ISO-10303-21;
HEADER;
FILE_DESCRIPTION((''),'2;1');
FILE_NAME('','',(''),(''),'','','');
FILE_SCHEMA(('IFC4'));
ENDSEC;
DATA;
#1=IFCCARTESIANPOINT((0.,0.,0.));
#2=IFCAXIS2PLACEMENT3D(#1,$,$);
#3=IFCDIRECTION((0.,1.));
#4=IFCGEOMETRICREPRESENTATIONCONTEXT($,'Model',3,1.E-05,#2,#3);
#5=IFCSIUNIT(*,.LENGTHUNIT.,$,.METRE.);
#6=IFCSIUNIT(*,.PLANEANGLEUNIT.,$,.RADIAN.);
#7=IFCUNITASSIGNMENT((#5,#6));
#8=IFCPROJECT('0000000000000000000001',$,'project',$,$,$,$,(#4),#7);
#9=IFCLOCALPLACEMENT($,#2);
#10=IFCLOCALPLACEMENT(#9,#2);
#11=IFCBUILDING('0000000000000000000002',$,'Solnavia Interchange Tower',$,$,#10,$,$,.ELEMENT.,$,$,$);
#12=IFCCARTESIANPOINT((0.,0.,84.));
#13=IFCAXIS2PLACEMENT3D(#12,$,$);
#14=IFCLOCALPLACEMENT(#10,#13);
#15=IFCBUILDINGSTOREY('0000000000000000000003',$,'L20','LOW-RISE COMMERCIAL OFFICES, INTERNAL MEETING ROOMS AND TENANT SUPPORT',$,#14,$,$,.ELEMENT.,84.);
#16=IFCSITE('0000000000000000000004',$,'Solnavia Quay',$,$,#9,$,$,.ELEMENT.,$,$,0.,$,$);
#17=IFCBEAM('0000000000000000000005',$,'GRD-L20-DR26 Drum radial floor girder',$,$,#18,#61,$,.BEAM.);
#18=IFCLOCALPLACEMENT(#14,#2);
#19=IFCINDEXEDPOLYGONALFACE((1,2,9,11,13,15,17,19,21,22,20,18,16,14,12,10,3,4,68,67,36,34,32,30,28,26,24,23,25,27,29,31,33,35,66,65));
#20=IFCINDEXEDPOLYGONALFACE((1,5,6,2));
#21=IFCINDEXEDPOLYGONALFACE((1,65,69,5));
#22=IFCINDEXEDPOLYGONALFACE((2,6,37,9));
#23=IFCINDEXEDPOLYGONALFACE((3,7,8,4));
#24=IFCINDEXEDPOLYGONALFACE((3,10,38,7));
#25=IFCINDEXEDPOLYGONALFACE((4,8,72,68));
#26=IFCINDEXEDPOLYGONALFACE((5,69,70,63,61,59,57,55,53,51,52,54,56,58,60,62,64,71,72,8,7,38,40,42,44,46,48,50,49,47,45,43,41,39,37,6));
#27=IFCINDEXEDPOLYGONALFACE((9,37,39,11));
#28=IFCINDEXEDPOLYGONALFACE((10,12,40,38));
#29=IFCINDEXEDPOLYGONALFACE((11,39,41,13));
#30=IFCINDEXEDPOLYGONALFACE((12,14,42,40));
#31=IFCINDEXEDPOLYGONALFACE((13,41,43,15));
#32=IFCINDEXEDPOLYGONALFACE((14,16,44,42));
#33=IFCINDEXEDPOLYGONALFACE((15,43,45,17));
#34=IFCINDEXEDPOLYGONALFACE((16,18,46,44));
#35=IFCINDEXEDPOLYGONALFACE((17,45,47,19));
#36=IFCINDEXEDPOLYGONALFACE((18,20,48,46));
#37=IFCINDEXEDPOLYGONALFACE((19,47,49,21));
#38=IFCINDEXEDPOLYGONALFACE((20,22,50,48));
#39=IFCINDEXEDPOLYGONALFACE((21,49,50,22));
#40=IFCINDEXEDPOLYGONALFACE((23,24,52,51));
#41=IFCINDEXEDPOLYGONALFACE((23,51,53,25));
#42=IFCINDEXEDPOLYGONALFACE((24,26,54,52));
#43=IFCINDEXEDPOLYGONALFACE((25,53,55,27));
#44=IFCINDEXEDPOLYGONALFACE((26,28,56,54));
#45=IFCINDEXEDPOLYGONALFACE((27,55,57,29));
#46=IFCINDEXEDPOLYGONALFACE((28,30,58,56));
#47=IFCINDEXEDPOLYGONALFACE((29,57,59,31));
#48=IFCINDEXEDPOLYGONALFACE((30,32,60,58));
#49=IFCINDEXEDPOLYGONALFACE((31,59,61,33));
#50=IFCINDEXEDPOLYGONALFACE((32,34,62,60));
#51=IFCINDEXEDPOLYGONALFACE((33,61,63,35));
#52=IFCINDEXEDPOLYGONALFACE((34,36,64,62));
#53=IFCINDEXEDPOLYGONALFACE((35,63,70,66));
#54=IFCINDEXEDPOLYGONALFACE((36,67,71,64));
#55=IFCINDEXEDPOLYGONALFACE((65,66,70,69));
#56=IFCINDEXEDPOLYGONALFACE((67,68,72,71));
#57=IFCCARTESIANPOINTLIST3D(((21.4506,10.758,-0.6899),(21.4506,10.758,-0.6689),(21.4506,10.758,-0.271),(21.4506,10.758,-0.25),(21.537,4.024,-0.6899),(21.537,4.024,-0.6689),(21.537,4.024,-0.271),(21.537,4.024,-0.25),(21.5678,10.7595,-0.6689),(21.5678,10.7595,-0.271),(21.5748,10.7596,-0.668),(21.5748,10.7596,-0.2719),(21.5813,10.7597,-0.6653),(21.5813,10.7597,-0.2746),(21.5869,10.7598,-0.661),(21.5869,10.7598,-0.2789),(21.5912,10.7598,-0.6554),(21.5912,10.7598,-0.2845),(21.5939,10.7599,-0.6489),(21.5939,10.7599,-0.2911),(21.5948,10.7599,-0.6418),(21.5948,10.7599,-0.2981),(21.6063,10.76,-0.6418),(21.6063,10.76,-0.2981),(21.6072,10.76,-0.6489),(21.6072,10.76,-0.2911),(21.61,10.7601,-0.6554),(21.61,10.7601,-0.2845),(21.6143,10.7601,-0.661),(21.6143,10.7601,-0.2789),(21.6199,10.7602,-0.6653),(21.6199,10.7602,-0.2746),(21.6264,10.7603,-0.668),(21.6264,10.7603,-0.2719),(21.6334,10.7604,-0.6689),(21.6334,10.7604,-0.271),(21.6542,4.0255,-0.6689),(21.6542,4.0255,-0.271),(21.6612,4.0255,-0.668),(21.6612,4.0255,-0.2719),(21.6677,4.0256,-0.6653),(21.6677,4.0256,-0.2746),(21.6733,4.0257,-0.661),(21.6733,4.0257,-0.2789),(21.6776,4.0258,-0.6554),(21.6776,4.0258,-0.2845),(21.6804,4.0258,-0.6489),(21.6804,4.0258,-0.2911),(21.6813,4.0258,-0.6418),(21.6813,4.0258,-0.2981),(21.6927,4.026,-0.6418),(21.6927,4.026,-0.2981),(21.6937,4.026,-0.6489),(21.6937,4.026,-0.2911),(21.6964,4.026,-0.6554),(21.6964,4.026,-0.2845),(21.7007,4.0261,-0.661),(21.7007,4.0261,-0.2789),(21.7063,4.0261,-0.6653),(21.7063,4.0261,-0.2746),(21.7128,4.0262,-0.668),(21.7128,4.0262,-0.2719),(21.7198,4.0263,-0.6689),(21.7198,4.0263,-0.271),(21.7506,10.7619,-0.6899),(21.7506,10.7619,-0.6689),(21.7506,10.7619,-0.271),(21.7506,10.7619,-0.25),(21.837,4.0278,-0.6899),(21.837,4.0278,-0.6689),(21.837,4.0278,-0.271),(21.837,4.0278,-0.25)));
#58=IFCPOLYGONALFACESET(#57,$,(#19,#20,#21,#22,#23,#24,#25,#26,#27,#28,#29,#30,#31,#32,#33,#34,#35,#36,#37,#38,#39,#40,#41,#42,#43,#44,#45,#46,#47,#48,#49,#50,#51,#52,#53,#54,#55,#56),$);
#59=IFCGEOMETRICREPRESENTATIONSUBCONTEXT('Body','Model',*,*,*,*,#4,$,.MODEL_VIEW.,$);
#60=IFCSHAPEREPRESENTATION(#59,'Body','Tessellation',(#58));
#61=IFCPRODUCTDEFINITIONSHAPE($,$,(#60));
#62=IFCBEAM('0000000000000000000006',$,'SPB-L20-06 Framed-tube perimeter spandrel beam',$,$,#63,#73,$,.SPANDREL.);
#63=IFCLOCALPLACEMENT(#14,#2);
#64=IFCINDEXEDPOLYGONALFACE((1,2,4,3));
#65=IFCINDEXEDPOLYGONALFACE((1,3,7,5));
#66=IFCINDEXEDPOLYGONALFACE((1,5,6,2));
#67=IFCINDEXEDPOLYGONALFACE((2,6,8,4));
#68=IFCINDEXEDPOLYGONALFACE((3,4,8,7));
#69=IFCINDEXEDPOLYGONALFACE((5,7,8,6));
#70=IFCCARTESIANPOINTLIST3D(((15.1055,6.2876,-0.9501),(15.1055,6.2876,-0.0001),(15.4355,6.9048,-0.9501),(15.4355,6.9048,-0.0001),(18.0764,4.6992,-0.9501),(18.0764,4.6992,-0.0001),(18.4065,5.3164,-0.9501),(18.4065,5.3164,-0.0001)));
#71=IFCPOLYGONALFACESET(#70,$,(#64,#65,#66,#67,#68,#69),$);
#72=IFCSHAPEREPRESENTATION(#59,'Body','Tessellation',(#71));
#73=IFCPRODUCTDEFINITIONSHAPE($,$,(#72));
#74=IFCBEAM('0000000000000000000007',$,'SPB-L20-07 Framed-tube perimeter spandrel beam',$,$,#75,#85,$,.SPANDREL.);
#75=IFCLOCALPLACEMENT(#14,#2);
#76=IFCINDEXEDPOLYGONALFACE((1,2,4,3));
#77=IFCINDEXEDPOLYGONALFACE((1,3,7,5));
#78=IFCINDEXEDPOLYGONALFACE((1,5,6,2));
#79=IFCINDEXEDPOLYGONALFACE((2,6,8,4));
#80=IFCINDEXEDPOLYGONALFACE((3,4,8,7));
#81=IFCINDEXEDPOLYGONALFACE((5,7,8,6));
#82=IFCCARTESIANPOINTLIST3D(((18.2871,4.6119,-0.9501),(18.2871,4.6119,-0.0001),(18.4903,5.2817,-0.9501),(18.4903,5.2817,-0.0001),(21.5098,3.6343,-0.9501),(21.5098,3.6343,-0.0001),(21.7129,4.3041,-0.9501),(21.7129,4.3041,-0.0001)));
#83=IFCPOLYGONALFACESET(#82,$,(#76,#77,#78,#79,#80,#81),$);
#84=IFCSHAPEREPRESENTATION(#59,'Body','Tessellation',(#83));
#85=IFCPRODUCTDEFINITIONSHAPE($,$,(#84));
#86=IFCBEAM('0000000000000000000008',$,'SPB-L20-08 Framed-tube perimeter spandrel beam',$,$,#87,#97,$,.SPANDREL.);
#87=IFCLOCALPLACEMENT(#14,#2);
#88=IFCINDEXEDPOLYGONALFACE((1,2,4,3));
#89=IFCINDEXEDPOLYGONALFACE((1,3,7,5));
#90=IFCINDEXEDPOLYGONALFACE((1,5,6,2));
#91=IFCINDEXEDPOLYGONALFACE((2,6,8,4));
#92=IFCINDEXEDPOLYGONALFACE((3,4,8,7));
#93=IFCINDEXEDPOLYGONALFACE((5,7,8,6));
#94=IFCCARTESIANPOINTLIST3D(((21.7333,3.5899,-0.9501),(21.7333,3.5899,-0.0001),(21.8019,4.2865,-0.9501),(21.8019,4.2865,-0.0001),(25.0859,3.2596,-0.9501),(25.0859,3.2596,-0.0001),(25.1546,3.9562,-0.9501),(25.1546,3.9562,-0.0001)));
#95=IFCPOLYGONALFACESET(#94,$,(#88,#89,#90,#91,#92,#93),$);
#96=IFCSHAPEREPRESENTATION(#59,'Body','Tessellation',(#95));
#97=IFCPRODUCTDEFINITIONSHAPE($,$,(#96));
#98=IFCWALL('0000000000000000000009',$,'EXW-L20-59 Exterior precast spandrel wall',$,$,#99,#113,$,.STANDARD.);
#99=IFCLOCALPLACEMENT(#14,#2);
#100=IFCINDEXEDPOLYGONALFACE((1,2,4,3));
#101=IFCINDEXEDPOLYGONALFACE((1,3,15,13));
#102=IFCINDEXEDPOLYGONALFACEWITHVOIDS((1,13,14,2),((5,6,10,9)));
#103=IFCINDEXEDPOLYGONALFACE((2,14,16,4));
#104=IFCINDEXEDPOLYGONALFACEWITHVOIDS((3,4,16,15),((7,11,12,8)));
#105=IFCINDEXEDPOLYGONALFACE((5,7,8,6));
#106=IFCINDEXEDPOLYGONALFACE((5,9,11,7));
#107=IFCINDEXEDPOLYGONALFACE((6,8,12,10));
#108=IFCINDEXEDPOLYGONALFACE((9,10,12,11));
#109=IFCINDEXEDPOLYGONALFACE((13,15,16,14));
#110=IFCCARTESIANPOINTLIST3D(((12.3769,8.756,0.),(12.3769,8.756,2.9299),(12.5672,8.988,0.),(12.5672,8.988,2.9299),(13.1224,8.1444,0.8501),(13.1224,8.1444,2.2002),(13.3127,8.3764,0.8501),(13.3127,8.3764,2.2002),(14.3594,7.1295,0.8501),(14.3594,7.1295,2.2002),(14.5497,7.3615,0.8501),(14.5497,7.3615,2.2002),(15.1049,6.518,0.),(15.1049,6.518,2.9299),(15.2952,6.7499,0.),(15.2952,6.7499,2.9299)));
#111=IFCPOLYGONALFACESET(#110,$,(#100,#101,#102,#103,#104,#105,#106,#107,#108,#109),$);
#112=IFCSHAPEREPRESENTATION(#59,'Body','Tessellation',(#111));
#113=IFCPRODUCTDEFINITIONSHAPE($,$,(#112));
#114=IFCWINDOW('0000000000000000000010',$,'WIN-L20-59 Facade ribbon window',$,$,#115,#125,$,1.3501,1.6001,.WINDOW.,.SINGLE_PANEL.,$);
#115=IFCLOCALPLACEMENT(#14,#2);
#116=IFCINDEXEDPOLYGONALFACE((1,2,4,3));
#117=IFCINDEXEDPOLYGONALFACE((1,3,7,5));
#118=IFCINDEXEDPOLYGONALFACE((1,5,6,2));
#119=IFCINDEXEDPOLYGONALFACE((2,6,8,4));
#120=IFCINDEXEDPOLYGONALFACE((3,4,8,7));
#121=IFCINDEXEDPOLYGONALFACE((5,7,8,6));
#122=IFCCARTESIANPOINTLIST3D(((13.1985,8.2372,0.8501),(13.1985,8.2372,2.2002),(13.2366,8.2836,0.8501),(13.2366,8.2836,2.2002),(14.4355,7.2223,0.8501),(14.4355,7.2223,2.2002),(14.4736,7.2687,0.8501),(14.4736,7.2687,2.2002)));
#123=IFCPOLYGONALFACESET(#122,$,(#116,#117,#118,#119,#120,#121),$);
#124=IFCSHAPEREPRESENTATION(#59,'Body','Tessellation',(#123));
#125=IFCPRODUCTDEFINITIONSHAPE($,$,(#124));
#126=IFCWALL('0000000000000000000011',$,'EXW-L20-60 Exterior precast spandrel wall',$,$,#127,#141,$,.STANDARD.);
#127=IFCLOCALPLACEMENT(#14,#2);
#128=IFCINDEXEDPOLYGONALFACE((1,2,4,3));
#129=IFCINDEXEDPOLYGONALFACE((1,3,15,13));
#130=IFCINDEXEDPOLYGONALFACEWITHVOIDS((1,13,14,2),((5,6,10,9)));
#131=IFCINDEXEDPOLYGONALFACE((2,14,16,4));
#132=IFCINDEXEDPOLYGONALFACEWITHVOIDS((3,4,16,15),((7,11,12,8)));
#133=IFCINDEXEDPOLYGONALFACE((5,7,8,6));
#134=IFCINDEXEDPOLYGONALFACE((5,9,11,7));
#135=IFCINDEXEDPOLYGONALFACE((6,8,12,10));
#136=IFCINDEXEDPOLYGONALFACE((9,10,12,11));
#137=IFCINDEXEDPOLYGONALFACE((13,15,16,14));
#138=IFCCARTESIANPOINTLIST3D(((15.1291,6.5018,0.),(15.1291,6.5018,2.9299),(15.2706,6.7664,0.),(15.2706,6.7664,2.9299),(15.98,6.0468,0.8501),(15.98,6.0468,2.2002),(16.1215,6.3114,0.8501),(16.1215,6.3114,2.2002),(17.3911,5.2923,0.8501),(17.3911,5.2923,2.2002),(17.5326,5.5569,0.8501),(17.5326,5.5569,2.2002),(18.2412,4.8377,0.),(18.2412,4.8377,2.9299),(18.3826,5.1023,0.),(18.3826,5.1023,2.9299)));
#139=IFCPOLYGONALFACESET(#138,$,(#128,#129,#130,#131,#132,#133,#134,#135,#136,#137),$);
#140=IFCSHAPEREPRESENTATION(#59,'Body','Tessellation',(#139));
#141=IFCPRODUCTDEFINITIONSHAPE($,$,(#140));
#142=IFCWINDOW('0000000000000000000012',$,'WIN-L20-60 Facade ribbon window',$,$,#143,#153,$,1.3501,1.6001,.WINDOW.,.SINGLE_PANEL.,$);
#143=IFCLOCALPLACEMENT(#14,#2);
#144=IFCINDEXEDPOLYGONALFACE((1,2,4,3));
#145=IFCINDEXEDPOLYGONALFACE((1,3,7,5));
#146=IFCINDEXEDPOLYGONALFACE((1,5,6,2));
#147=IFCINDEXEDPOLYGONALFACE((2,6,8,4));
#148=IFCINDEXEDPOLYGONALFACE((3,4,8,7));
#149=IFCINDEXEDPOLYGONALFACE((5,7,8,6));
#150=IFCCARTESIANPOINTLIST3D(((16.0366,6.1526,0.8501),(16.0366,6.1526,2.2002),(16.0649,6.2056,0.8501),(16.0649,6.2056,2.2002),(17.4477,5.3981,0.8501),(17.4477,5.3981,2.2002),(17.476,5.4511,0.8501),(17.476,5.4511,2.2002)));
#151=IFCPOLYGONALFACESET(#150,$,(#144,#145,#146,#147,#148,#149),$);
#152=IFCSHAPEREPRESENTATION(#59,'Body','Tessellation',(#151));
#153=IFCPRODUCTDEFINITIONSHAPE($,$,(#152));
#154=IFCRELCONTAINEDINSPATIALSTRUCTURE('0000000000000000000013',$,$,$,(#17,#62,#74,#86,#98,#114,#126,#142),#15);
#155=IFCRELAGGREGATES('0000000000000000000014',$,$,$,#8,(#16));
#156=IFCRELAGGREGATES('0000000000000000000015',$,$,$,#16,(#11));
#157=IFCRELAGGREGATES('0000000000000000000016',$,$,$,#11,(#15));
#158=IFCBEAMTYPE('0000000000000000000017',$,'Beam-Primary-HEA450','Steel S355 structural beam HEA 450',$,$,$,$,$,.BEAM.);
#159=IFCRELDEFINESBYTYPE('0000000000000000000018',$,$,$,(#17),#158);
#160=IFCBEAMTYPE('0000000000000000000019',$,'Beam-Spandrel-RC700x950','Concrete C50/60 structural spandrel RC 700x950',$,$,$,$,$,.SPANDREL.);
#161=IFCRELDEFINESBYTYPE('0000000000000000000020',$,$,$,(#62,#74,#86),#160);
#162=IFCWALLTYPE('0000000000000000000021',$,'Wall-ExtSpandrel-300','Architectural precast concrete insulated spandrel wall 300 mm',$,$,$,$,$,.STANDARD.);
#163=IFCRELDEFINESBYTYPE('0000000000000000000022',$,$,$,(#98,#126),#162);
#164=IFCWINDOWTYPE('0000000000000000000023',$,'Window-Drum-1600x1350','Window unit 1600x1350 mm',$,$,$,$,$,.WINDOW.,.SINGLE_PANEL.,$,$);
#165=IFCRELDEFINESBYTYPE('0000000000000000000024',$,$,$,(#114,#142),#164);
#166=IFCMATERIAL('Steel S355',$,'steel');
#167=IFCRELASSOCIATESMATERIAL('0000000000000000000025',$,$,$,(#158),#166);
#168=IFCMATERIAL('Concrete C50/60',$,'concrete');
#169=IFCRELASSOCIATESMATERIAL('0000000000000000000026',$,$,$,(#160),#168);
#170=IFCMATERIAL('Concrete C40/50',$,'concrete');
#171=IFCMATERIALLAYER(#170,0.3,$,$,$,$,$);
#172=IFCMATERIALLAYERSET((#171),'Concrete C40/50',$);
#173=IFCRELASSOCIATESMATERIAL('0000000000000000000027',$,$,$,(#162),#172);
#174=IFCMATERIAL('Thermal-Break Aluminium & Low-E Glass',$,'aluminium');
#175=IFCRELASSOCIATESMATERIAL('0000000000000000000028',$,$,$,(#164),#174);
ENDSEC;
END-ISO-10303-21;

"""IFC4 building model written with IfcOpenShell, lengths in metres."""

from ifc_helpers import new_model, si_unit, direction, frame, frame_2d, origin, origin_2d, place, context, subcontext, project, spatial, rectangle, i_section, extrude, material, layer, layer_set, material_profile, profile_set, type_object, element, fill, save


model = new_model("IFC4")

# Units and contexts
model_context = context("Model", 3, precision=1e-05, world=origin(), true_north=direction((0.0, 1.0)))
body_context = subcontext(model_context, "Body", "Model", "MODEL_VIEW")
ifc_project = project(units=[si_unit("LENGTHUNIT", "METRE"), si_unit("PLANEANGLEUNIT", "RADIAN")], contexts=[model_context])

# Site, building, storey
site_placement = place(None, origin())
site = spatial("IfcSite", under=ifc_project, at=site_placement, Name="Solnavia Quay", CompositionType="ELEMENT", RefElevation=0.0)
building_placement = place(site_placement, origin())
building = spatial("IfcBuilding", under=site, at=building_placement, Name="Solnavia Interchange Tower", CompositionType="ELEMENT")
storey_placement = place(building_placement, frame((0.0, 0.0, 84.0)))
storey = spatial("IfcBuildingStorey", under=building, at=storey_placement, Name="L20", Description="LOW-RISE COMMERCIAL OFFICES, INTERNAL MEETING ROOMS AND TENANT SUPPORT", CompositionType="ELEMENT", Elevation=84.0)

# Shared definitions
ifc_material_1 = material(Name="Steel S355", Category="steel")

# Beams
ifc_material_profile_1 = material_profile(ifc_material_1, i_section(OverallWidth=0.3, OverallDepth=0.4399, WebThickness=0.0115, FlangeThickness=0.021, FilletRadius=0.0271, at=origin_2d()), Name="HEA 450")
ifc_profile_set_1 = profile_set([ifc_material_profile_1], Name="Steel S355")
beam_type_1 = type_object("IfcBeamType", Name="Beam-Primary-HEA450", Description="Steel S355 structural beam HEA 450", PredefinedType="BEAM", material=ifc_profile_set_1)
beam_1_placement = place(storey_placement, frame((21.687, 4.0259, -0.47), z_axis=(-0.012833, 0.999918, 0.0), x_axis=(-0.999918, -0.012833, 0.0)))
element("IfcBeam", 1, at=beam_1_placement, inside=storey, type_object=beam_type_1, Name="GRD-L20-DR26 Drum radial floor girder", PredefinedType="BEAM", context=body_context, shape_type="SweptSolid", body=[
    extrude(i_section(OverallWidth=0.3, OverallDepth=0.4399, WebThickness=0.0115, FlangeThickness=0.021, FilletRadius=0.0271, at=origin_2d()), origin(), (0.0, 0.0, 1.0), 6.7346),
])
ifc_material_2 = material(Name="Concrete C50/60", Category="concrete")
ifc_material_profile_2 = material_profile(ifc_material_2, rectangle(XDim=0.7, YDim=0.95, at=origin_2d()), Name="RC 700x950")
ifc_profile_set_2 = profile_set([ifc_material_profile_2], Name="Concrete C50/60")
beam_type_2 = type_object("IfcBeamType", Name="Beam-Spandrel-RC700x950", Description="Concrete C50/60 structural spandrel RC 700x950", PredefinedType="SPANDREL", material=ifc_profile_set_2)
beam_2_placement = place(storey_placement, frame((15.2705, 6.5962, -0.4751), z_axis=(0.881875, -0.471483, 0.0), x_axis=(0.471483, 0.881875, 0.0)))
element("IfcBeam", 2, at=beam_2_placement, inside=storey, type_object=beam_type_2, Name="SPB-L20-06 Framed-tube perimeter spandrel beam", PredefinedType="SPANDREL", context=body_context, shape_type="SweptSolid", body=[
    extrude(rectangle(XDim=0.7, YDim=0.95, at=origin_2d()), origin(), (0.0, 0.0, 1.0), 3.3689),
])
beam_3_placement = place(storey_placement, frame((18.3887, 4.9468, -0.4751), z_axis=(0.956944, -0.290273, 0.0), x_axis=(0.290273, 0.956944, 0.0)))
element("IfcBeam", 3, at=beam_3_placement, inside=storey, type_object=beam_type_2, Name="SPB-L20-07 Framed-tube perimeter spandrel beam", PredefinedType="SPANDREL", context=body_context, shape_type="SweptSolid", body=[
    extrude(rectangle(XDim=0.7, YDim=0.95, at=origin_2d()), origin(), (0.0, 0.0, 1.0), 3.3677),
])
beam_4_placement = place(storey_placement, frame((21.7676, 3.9382, -0.4751), z_axis=(0.995182, -0.098047, 0.0), x_axis=(0.098047, 0.995182, 0.0)))
element("IfcBeam", 4, at=beam_4_placement, inside=storey, type_object=beam_type_2, Name="SPB-L20-08 Framed-tube perimeter spandrel beam", PredefinedType="SPANDREL", context=body_context, shape_type="SweptSolid", body=[
    extrude(rectangle(XDim=0.7, YDim=0.95, at=origin_2d()), origin(), (0.0, 0.0, 1.0), 3.3689),
])

# Walls, openings, windows
ifc_material_3 = material(Name="Concrete C40/50", Category="concrete")
ifc_layer_1 = layer(ifc_material_3, 0.3)
ifc_layer_set_1 = layer_set([ifc_layer_1], Name="Concrete C40/50")
wall_type_1 = type_object("IfcWallType", Name="Wall-ExtSpandrel-300", Description="Architectural precast concrete insulated spandrel wall 300 mm", PredefinedType="STANDARD", material=ifc_layer_set_1)
wall_1_placement = place(storey_placement, frame((15.2, 6.634, 0.0), z_axis=(0.0, 0.0, 1.0), x_axis=(-0.773121, 0.634258, 0.0)))
wall_1 = element("IfcWall", 5, at=wall_1_placement, inside=storey, type_object=wall_type_1, Name="EXW-L20-59 Exterior precast spandrel wall", PredefinedType="STANDARD", context=body_context, shape_type="SweptSolid", body=[
    extrude(rectangle(XDim=3.5286, YDim=0.3, at=frame_2d((1.7642, 0.0))), origin(), (0.0, 0.0, 1.0), 2.9299),
])
opening_1_placement = place(wall_1_placement, frame((0.9641, 0.0, 0.8501)))
opening_1 = element("IfcOpeningElement", 6, at=opening_1_placement, cuts=wall_1, PredefinedType="OPENING", context=body_context, shape_type="SweptSolid", body=[
    extrude(rectangle(XDim=1.6001, YDim=1.3501, at=frame_2d((0.8, 0.675))), frame((0.0, 0.1602, 0.0), z_axis=(0.0, -1.0, 0.0), x_axis=(1.0, 0.0, 0.0)), (0.0, 0.0, 1.0), 0.3201),
])
ifc_material_4 = material(Name="Thermal-Break Aluminium & Low-E Glass", Category="aluminium")
window_type = type_object("IfcWindowType", Name="Window-Drum-1600x1350", Description="Window unit 1600x1350 mm", PartitioningType="SINGLE_PANEL", PredefinedType="WINDOW", material=ifc_material_4)
window_1_placement = place(opening_1_placement, origin())
window_1 = element("IfcWindow", 7, at=window_1_placement, inside=storey, type_object=window_type, Name="WIN-L20-59 Facade ribbon window", OverallHeight=1.3501, OverallWidth=1.6001, PartitioningType="SINGLE_PANEL", PredefinedType="WINDOW", context=body_context, shape_type="SweptSolid", body=[
    extrude(rectangle(XDim=1.6001, YDim=1.3501, at=frame_2d((0.8, 0.675))), frame((0.0, 0.03, 0.0), z_axis=(0.0, -1.0, 0.0), x_axis=(1.0, 0.0, 0.0)), (0.0, 0.0, 1.0), 0.0601),
])
fill(opening_1, window_1)
wall_2_placement = place(storey_placement, frame((18.312, 4.97, 0.0), z_axis=(0.0, 0.0, 1.0), x_axis=(-0.881847, 0.471536, 0.0)))
wall_2 = element("IfcWall", 8, at=wall_2_placement, inside=storey, type_object=wall_type_1, Name="EXW-L20-60 Exterior precast spandrel wall", PredefinedType="STANDARD", context=body_context, shape_type="SweptSolid", body=[
    extrude(rectangle(XDim=3.5291, YDim=0.3, at=frame_2d((1.7646, 0.0))), origin(), (0.0, 0.0, 1.0), 2.9299),
])
opening_2_placement = place(wall_2_placement, frame((0.9641, 0.0, 0.8501)))
opening_2 = element("IfcOpeningElement", 9, at=opening_2_placement, cuts=wall_2, PredefinedType="OPENING", context=body_context, shape_type="SweptSolid", body=[
    extrude(rectangle(XDim=1.6001, YDim=1.3501, at=frame_2d((0.8, 0.675))), frame((0.0, 0.1602, 0.0), z_axis=(0.0, -1.0, 0.0), x_axis=(1.0, 0.0, 0.0)), (0.0, 0.0, 1.0), 0.3201),
])
window_2_placement = place(opening_2_placement, origin())
window_2 = element("IfcWindow", 10, at=window_2_placement, inside=storey, type_object=window_type, Name="WIN-L20-60 Facade ribbon window", OverallHeight=1.3501, OverallWidth=1.6001, PartitioningType="SINGLE_PANEL", PredefinedType="WINDOW", context=body_context, shape_type="SweptSolid", body=[
    extrude(rectangle(XDim=1.6001, YDim=1.3501, at=frame_2d((0.8, 0.675))), frame((0.0, 0.03, 0.0), z_axis=(0.0, -1.0, 0.0), x_axis=(1.0, 0.0, 0.0)), (0.0, 0.0, 1.0), 0.0601),
])
fill(opening_2, window_2)

save(model, "model.ifc")
